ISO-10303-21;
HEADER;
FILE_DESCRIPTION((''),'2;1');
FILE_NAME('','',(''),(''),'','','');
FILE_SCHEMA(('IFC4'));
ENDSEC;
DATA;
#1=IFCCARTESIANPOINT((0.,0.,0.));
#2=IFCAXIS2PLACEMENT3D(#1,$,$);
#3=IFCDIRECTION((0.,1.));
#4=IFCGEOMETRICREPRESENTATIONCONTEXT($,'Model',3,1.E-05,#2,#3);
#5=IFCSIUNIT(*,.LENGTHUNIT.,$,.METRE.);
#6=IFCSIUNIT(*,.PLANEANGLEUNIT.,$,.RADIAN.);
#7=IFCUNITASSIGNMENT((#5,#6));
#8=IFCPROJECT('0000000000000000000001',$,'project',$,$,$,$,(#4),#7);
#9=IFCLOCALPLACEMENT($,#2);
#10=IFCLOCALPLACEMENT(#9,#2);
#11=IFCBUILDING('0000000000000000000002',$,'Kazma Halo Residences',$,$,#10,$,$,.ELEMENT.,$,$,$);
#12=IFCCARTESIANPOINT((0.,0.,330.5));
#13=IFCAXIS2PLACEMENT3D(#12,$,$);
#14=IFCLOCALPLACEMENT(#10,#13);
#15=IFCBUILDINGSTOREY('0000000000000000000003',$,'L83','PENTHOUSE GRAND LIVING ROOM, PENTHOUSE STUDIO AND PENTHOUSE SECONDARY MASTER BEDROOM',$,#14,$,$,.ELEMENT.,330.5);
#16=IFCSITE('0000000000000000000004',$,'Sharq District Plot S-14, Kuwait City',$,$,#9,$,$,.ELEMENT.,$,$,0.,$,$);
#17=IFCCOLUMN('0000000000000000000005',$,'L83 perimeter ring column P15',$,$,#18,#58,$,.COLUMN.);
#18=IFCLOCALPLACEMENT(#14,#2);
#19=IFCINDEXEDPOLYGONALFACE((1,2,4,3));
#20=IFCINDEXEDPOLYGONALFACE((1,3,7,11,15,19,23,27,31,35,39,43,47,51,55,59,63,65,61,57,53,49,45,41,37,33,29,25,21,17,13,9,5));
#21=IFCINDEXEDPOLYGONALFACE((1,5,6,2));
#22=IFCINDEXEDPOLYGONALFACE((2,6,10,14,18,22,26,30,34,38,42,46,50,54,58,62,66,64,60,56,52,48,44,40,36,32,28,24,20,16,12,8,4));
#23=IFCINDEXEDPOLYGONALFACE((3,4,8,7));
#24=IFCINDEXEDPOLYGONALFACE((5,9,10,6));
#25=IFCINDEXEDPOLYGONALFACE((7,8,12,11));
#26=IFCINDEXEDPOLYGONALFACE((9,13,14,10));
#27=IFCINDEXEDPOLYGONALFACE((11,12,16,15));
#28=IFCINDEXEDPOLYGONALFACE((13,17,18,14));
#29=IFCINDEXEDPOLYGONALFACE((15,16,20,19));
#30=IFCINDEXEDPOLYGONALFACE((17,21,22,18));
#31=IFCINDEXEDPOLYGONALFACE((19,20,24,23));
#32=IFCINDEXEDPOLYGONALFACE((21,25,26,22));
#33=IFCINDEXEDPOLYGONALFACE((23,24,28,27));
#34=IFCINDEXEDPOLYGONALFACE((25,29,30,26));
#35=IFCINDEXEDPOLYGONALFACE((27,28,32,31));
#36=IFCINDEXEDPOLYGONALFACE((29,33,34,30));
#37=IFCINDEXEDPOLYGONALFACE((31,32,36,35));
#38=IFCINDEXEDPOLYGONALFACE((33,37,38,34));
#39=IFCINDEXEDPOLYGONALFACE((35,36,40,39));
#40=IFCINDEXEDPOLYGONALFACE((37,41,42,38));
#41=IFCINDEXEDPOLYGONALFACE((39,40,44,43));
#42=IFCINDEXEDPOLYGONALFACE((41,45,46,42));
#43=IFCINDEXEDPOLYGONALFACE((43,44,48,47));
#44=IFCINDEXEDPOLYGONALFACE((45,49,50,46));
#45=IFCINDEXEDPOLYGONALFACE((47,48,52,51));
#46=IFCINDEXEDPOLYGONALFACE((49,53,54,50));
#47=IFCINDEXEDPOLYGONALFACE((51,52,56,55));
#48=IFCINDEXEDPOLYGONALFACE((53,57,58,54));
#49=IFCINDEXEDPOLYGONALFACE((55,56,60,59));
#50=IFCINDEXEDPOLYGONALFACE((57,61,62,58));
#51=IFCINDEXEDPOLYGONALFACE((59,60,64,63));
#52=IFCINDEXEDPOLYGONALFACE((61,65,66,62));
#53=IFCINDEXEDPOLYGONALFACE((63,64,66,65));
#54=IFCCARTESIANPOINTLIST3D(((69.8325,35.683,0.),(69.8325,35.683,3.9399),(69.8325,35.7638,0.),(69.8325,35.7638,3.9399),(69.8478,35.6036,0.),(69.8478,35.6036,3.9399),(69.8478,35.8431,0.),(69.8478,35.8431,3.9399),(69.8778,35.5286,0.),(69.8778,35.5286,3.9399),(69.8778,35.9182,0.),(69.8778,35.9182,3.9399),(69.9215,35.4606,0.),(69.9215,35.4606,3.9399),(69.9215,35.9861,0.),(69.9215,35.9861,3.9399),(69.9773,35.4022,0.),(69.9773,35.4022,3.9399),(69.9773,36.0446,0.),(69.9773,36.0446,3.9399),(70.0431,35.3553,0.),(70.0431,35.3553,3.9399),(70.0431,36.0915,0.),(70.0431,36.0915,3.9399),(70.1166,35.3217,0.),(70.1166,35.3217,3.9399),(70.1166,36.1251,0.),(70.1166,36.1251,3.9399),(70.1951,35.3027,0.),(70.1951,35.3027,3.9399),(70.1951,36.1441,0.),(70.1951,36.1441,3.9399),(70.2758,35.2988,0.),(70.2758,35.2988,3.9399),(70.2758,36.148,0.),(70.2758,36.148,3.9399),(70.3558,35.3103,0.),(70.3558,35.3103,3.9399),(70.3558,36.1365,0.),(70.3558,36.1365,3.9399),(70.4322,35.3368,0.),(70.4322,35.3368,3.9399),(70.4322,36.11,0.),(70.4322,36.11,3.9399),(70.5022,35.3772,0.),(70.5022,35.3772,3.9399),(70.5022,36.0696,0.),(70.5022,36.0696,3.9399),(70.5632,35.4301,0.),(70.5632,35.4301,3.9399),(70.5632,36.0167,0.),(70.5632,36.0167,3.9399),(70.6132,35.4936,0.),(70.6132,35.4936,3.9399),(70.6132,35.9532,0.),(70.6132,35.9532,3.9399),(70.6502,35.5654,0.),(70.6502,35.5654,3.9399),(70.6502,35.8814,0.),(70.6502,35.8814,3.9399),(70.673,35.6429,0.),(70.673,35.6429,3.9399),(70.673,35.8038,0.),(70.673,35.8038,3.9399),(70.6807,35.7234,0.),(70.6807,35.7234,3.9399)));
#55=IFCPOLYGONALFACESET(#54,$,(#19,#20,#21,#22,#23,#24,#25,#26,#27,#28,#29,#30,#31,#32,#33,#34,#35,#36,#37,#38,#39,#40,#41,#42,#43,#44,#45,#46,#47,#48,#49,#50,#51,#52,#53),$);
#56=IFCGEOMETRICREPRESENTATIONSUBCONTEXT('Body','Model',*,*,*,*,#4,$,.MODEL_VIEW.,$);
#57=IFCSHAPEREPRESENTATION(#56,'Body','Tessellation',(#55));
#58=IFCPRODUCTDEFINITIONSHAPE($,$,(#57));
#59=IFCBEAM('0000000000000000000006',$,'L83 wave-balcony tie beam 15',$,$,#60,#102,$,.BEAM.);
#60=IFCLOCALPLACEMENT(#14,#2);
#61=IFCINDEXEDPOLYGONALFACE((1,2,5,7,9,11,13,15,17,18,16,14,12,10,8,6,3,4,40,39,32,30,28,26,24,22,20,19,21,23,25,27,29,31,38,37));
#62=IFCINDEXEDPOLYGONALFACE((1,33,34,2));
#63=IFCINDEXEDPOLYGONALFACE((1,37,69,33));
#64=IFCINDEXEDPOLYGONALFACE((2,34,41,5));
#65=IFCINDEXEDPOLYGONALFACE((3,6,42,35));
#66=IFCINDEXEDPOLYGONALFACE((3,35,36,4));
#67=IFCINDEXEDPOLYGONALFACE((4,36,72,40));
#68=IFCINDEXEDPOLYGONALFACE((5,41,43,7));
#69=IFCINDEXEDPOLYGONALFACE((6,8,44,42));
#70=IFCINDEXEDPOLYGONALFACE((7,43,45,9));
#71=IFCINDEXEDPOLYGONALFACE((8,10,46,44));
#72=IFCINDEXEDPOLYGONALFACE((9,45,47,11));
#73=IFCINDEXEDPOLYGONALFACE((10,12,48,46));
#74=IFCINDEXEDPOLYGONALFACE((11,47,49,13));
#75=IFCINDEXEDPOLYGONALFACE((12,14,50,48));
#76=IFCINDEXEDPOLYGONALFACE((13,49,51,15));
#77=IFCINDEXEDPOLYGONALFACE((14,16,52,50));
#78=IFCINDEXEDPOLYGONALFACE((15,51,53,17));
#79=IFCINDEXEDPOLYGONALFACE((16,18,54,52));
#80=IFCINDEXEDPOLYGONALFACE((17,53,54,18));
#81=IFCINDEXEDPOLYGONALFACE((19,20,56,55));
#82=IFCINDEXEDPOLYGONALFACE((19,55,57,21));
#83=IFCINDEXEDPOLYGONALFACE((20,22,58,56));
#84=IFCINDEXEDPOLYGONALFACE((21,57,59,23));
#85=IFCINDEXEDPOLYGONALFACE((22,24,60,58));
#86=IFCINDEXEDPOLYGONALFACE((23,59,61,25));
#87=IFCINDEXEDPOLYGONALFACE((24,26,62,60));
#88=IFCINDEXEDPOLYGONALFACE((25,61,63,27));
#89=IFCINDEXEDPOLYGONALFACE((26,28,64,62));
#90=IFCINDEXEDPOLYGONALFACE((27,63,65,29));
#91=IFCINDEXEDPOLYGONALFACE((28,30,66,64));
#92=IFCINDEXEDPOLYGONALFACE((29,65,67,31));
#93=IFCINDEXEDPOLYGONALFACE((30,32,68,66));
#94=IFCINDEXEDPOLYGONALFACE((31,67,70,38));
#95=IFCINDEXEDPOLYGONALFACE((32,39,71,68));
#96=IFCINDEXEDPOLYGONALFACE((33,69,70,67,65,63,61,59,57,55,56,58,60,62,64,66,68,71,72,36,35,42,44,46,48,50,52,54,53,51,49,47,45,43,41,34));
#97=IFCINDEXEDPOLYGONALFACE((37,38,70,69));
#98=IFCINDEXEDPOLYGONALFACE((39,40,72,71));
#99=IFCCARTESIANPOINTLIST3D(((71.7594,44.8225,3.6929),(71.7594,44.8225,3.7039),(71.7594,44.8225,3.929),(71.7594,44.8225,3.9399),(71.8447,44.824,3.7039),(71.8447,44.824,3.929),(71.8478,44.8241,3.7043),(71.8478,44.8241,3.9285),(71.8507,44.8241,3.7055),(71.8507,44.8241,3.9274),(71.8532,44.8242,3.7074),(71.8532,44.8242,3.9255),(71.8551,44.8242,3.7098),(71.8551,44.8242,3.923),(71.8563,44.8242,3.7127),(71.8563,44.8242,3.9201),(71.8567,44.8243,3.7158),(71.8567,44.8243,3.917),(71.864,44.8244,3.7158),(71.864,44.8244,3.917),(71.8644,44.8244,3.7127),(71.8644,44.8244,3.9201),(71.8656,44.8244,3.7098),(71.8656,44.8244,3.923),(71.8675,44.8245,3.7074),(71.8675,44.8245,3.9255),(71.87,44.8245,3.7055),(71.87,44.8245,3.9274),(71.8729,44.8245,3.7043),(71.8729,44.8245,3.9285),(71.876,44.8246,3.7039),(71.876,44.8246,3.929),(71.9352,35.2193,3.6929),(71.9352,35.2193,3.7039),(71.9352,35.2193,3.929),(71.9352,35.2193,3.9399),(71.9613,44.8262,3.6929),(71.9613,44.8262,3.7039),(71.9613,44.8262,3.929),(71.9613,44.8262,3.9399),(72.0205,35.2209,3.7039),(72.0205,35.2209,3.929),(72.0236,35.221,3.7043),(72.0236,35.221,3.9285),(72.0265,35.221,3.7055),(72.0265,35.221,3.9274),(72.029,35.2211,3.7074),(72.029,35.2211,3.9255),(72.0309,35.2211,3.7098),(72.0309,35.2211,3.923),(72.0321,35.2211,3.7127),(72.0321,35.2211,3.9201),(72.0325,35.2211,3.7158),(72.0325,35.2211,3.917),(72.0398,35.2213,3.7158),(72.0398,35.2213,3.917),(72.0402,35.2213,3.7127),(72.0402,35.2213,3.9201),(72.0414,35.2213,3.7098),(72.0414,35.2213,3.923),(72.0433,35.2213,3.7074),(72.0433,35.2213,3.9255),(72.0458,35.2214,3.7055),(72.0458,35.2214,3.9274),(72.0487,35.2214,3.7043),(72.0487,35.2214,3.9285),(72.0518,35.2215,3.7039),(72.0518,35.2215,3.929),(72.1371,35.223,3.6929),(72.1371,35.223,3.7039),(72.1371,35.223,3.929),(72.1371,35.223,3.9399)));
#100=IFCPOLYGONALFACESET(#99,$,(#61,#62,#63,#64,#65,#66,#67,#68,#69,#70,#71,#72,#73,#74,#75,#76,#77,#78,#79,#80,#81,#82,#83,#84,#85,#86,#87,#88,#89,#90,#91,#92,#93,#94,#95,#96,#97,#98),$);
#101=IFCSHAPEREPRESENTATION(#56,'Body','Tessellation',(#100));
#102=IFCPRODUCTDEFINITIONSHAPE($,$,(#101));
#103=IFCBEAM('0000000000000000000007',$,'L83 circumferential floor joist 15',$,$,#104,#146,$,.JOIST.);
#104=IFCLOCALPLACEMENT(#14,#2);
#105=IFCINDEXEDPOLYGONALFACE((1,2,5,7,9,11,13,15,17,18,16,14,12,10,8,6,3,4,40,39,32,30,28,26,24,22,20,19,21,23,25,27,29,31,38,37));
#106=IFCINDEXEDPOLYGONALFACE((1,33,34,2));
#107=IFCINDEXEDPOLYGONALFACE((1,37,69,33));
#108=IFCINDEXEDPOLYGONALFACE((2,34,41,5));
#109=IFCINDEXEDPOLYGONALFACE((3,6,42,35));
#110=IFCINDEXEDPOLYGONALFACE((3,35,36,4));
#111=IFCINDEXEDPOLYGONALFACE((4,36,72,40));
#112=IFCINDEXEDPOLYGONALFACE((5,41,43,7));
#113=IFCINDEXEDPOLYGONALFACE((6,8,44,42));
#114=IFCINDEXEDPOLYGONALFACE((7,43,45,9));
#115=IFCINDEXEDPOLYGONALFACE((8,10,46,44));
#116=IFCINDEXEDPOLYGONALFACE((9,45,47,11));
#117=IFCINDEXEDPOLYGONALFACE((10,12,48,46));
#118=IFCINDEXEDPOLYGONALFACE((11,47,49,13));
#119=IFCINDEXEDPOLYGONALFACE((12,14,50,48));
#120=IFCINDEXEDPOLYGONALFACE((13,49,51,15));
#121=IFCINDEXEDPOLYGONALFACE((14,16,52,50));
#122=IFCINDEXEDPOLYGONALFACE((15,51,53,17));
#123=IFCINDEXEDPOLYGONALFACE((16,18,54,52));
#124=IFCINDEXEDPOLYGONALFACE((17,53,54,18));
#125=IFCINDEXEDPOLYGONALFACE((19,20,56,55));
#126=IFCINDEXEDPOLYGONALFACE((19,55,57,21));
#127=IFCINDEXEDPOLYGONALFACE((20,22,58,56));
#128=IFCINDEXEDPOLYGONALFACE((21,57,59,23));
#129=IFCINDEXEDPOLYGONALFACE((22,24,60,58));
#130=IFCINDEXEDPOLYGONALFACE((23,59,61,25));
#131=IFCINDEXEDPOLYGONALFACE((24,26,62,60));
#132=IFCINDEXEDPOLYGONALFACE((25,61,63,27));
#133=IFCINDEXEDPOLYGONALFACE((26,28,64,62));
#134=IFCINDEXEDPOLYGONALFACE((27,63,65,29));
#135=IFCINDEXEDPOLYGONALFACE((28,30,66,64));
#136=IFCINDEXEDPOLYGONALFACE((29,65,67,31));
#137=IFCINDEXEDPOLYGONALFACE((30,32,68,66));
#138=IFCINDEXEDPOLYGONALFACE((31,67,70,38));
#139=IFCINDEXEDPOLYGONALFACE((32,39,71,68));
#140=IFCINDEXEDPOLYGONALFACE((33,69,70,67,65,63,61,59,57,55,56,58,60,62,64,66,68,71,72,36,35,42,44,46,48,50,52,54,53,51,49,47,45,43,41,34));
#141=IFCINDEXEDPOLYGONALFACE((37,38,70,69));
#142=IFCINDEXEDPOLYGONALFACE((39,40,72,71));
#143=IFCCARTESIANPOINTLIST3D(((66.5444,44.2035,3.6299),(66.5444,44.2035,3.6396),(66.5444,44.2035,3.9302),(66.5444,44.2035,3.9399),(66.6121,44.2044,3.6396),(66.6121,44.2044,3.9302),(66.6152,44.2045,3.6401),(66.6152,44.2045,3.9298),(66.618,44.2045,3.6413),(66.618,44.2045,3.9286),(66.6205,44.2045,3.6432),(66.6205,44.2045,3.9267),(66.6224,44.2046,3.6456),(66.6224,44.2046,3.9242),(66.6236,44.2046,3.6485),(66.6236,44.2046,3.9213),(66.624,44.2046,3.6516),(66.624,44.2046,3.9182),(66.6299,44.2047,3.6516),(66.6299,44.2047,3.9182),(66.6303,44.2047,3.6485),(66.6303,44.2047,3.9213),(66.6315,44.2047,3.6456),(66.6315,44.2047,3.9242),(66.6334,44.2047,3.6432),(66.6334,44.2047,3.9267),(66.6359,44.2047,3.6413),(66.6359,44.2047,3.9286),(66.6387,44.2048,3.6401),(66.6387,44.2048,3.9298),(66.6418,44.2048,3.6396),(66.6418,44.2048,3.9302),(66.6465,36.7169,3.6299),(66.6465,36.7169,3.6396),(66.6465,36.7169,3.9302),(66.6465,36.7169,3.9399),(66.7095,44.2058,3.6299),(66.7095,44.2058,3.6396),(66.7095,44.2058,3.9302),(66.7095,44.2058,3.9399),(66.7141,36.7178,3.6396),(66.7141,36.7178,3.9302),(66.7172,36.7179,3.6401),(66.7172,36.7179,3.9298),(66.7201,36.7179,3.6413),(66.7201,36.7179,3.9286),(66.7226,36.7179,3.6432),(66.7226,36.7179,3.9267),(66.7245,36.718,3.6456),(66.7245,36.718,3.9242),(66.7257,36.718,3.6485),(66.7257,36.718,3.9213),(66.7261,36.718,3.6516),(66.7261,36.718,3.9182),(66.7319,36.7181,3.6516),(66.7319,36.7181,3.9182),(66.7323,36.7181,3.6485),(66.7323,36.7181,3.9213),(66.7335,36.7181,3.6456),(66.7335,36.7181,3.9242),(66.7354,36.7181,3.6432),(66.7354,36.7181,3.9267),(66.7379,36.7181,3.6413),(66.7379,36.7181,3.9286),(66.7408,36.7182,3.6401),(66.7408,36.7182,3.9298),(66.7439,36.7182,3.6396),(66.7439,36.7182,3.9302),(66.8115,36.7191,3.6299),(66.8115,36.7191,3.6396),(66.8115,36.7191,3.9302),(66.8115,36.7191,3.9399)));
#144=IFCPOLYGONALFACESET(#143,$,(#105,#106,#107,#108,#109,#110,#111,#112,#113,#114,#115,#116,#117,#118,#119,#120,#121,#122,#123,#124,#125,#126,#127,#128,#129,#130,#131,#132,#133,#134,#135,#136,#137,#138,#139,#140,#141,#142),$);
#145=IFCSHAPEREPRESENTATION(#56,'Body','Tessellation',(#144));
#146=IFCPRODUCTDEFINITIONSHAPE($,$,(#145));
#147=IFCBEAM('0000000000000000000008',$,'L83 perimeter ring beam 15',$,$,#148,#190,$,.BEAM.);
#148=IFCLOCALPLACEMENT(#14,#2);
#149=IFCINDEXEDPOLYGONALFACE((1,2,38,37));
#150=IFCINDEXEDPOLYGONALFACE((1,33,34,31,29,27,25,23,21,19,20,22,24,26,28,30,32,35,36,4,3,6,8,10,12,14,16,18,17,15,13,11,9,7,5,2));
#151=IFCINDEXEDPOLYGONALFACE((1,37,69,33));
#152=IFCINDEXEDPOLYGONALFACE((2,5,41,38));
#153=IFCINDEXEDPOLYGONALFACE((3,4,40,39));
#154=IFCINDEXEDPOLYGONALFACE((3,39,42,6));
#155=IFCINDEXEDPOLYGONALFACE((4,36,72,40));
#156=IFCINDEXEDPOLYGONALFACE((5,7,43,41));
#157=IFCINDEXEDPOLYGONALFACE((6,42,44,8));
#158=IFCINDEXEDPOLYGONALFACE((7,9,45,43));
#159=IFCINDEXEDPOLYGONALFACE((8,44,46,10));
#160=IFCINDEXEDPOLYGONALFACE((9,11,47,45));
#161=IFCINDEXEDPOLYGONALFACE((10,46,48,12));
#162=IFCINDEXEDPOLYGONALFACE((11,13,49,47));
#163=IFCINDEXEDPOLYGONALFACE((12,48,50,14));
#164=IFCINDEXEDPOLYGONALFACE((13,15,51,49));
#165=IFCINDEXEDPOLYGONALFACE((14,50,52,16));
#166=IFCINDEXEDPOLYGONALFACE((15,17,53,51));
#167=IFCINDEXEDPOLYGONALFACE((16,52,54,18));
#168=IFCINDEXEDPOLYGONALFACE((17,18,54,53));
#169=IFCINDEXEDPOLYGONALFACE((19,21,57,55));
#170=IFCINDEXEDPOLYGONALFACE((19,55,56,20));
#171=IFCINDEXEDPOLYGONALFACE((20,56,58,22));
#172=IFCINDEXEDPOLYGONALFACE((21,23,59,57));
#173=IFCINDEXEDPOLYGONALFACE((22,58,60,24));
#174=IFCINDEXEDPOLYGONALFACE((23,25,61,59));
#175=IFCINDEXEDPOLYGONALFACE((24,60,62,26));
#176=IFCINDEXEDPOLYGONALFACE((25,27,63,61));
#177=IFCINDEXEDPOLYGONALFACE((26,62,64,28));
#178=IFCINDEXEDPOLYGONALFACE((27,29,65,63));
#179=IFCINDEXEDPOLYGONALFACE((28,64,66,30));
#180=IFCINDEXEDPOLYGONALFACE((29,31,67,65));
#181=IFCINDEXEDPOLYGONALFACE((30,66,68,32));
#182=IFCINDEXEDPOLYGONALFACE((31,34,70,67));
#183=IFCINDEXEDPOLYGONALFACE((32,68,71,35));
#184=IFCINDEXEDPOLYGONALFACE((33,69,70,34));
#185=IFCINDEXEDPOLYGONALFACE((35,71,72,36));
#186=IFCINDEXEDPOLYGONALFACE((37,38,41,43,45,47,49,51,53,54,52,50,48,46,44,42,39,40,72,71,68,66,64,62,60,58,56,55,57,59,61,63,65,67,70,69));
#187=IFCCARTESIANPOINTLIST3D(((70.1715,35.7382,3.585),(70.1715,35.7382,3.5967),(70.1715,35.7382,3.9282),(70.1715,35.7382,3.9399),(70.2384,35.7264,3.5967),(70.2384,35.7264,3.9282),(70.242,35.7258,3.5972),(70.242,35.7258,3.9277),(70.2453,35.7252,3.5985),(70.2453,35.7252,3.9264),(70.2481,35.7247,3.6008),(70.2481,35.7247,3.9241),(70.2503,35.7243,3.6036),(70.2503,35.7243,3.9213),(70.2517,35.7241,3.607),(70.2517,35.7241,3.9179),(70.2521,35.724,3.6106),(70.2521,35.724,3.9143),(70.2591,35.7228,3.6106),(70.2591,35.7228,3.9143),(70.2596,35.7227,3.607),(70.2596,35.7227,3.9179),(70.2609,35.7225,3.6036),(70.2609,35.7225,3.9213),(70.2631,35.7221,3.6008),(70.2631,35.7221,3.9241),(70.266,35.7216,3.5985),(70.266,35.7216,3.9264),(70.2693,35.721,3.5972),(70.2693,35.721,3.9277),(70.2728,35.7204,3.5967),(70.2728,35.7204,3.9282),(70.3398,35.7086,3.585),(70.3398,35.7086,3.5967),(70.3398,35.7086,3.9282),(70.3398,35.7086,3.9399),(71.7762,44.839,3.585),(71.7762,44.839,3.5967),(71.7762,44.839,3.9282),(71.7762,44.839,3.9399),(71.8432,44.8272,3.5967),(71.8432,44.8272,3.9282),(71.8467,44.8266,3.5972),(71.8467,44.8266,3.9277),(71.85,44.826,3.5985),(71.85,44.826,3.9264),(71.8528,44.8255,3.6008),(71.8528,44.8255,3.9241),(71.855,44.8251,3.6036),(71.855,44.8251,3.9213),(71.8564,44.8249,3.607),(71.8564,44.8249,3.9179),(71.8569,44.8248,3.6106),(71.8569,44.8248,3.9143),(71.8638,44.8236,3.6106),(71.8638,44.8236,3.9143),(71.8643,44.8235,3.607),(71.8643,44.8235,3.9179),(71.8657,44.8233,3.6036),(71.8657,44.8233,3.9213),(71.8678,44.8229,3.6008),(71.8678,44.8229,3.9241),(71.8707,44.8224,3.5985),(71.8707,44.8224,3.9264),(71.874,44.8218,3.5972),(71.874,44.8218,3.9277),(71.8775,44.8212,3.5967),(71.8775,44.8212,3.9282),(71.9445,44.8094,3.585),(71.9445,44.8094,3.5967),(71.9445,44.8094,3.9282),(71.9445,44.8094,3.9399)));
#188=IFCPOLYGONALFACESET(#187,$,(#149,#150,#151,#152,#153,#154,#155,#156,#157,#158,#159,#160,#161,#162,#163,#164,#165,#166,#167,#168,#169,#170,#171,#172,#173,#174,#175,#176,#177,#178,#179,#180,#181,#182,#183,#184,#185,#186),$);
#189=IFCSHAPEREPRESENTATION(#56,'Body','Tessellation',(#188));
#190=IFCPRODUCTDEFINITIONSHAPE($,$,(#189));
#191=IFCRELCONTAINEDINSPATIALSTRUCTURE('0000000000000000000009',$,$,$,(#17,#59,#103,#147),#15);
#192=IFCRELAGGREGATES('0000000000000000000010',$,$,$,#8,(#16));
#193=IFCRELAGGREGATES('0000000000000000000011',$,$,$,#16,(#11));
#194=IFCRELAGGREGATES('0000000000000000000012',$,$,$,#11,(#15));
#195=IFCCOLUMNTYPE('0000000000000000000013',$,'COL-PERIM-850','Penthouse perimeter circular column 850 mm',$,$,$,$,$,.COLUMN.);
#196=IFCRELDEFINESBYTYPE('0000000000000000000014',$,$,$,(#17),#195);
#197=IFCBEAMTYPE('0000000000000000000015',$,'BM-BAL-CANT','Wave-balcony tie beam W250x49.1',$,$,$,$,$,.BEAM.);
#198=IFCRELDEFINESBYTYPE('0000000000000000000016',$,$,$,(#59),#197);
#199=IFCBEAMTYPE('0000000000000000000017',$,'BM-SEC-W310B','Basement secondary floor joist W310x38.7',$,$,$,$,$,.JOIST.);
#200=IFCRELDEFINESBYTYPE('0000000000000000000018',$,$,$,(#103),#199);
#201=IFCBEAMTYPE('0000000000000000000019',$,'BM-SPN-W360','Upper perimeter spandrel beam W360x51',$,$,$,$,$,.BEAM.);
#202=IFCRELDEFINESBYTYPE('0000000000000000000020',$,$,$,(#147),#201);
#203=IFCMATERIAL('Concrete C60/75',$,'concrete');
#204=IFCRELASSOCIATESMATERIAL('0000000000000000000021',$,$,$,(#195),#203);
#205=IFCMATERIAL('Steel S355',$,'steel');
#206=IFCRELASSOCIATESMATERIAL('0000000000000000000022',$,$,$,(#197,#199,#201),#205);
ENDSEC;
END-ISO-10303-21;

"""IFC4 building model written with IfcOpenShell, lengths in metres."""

from ifc_helpers import new_model, si_unit, direction, frame, origin, origin_2d, place, context, subcontext, project, spatial, circle, i_section, extrude, material, material_profile, profile_set, type_object, element, save


model = new_model("IFC4")

# Units and contexts
model_context = context("Model", 3, precision=1e-05, world=origin(), true_north=direction((0.0, 1.0)))
body_context = subcontext(model_context, "Body", "Model", "MODEL_VIEW")
ifc_project = project(units=[si_unit("LENGTHUNIT", "METRE"), si_unit("PLANEANGLEUNIT", "RADIAN")], contexts=[model_context])

# Site, building, storey
site_placement = place(None, origin())
site = spatial("IfcSite", under=ifc_project, at=site_placement, Name="Sharq District Plot S-14, Kuwait City", CompositionType="ELEMENT", RefElevation=0.0)
building_placement = place(site_placement, origin())
building = spatial("IfcBuilding", under=site, at=building_placement, Name="Kazma Halo Residences", CompositionType="ELEMENT")
storey_placement = place(building_placement, frame((0.0, 0.0, 330.5)))
storey = spatial("IfcBuildingStorey", under=building, at=storey_placement, Name="L83", Description="PENTHOUSE GRAND LIVING ROOM, PENTHOUSE STUDIO AND PENTHOUSE SECONDARY MASTER BEDROOM", CompositionType="ELEMENT", Elevation=330.5)

# Column
ifc_material_1 = material(Name="Concrete C60/75", Category="concrete")
ifc_material_profile_1 = material_profile(ifc_material_1, circle(Radius=0.425, at=origin_2d()), Name="CIRC850")
ifc_profile_set_1 = profile_set([ifc_material_profile_1], Name="Concrete C60/75")
column_type = type_object("IfcColumnType", Name="COL-PERIM-850", Description="Penthouse perimeter circular column 850 mm", PredefinedType="COLUMN", material=ifc_profile_set_1)
column_placement = place(storey_placement, frame((70.2556, 35.7234, 0.0), z_axis=(0.0, 0.0, 1.0), x_axis=(1.0, 0.0, 0.0)))
element("IfcColumn", 1, at=column_placement, inside=storey, type_object=column_type, Name="L83 perimeter ring column P15", PredefinedType="COLUMN", context=body_context, shape_type="SweptSolid", body=[
    extrude(circle(Radius=0.425, at=origin_2d()), origin(), (0.0, 0.0, 1.0), 3.9399),
])

# Beams
ifc_material_2 = material(Name="Steel S355", Category="steel")
ifc_material_profile_2 = material_profile(ifc_material_2, i_section(OverallWidth=0.2019, OverallDepth=0.2471, WebThickness=0.0073, FlangeThickness=0.011, FilletRadius=0.012, at=origin_2d()), Name="W250x49.1")
ifc_profile_set_2 = profile_set([ifc_material_profile_2], Name="Steel S355")
beam_type_1 = type_object("IfcBeamType", Name="BM-BAL-CANT", Description="Wave-balcony tie beam W250x49.1", PredefinedType="BEAM", material=ifc_profile_set_2)
beam_1_placement = place(storey_placement, frame((72.0361, 35.2212, 3.8164), z_axis=(-0.018302, 0.999833, 0.0), x_axis=(-0.999833, -0.018302, 0.0)))
element("IfcBeam", 2, at=beam_1_placement, inside=storey, type_object=beam_type_1, Name="L83 wave-balcony tie beam 15", PredefinedType="BEAM", context=body_context, shape_type="SweptSolid", body=[
    extrude(i_section(OverallWidth=0.2019, OverallDepth=0.2471, WebThickness=0.0073, FlangeThickness=0.011, FilletRadius=0.012, at=origin_2d()), origin(), (0.0, 0.0, 1.0), 9.6047),
])
ifc_material_profile_3 = material_profile(ifc_material_2, i_section(OverallWidth=0.165, OverallDepth=0.3101, WebThickness=0.0059, FlangeThickness=0.0098, FilletRadius=0.012, at=origin_2d()), Name="W310x38.7")
ifc_profile_set_3 = profile_set([ifc_material_profile_3], Name="Steel S355")
beam_type_2 = type_object("IfcBeamType", Name="BM-SEC-W310B", Description="Basement secondary floor joist W310x38.7", PredefinedType="JOIST", material=ifc_profile_set_3)
beam_2_placement = place(storey_placement, frame((66.729, 36.718, 3.7849), z_axis=(-0.01363, 0.999907, 0.0), x_axis=(-0.999907, -0.01363, 0.0)))
element("IfcBeam", 3, at=beam_2_placement, inside=storey, type_object=beam_type_2, Name="L83 circumferential floor joist 15", PredefinedType="JOIST", context=body_context, shape_type="SweptSolid", body=[
    extrude(i_section(OverallWidth=0.165, OverallDepth=0.3101, WebThickness=0.0059, FlangeThickness=0.0098, FilletRadius=0.012, at=origin_2d()), origin(), (0.0, 0.0, 1.0), 7.4873),
])
ifc_material_profile_4 = material_profile(ifc_material_2, i_section(OverallWidth=0.1709, OverallDepth=0.355, WebThickness=0.0071, FlangeThickness=0.0117, FilletRadius=0.0139, at=origin_2d()), Name="W360x51")
ifc_profile_set_4 = profile_set([ifc_material_profile_4], Name="Steel S355")
beam_type_3 = type_object("IfcBeamType", Name="BM-SPN-W360", Description="Upper perimeter spandrel beam W360x51", PredefinedType="BEAM", material=ifc_profile_set_4)
beam_3_placement = place(storey_placement, frame((70.2556, 35.7234, 3.7625), z_axis=(0.17365, 0.984807, 0.0), x_axis=(-0.984807, 0.17365, 0.0)))
element("IfcBeam", 4, at=beam_3_placement, inside=storey, type_object=beam_type_3, Name="L83 perimeter ring beam 15", PredefinedType="BEAM", context=body_context, shape_type="SweptSolid", body=[
    extrude(i_section(OverallWidth=0.1709, OverallDepth=0.355, WebThickness=0.0071, FlangeThickness=0.0117, FilletRadius=0.0139, at=origin_2d()), origin(), (0.0, 0.0, 1.0), 9.2412),
])

save(model, "model.ifc")
